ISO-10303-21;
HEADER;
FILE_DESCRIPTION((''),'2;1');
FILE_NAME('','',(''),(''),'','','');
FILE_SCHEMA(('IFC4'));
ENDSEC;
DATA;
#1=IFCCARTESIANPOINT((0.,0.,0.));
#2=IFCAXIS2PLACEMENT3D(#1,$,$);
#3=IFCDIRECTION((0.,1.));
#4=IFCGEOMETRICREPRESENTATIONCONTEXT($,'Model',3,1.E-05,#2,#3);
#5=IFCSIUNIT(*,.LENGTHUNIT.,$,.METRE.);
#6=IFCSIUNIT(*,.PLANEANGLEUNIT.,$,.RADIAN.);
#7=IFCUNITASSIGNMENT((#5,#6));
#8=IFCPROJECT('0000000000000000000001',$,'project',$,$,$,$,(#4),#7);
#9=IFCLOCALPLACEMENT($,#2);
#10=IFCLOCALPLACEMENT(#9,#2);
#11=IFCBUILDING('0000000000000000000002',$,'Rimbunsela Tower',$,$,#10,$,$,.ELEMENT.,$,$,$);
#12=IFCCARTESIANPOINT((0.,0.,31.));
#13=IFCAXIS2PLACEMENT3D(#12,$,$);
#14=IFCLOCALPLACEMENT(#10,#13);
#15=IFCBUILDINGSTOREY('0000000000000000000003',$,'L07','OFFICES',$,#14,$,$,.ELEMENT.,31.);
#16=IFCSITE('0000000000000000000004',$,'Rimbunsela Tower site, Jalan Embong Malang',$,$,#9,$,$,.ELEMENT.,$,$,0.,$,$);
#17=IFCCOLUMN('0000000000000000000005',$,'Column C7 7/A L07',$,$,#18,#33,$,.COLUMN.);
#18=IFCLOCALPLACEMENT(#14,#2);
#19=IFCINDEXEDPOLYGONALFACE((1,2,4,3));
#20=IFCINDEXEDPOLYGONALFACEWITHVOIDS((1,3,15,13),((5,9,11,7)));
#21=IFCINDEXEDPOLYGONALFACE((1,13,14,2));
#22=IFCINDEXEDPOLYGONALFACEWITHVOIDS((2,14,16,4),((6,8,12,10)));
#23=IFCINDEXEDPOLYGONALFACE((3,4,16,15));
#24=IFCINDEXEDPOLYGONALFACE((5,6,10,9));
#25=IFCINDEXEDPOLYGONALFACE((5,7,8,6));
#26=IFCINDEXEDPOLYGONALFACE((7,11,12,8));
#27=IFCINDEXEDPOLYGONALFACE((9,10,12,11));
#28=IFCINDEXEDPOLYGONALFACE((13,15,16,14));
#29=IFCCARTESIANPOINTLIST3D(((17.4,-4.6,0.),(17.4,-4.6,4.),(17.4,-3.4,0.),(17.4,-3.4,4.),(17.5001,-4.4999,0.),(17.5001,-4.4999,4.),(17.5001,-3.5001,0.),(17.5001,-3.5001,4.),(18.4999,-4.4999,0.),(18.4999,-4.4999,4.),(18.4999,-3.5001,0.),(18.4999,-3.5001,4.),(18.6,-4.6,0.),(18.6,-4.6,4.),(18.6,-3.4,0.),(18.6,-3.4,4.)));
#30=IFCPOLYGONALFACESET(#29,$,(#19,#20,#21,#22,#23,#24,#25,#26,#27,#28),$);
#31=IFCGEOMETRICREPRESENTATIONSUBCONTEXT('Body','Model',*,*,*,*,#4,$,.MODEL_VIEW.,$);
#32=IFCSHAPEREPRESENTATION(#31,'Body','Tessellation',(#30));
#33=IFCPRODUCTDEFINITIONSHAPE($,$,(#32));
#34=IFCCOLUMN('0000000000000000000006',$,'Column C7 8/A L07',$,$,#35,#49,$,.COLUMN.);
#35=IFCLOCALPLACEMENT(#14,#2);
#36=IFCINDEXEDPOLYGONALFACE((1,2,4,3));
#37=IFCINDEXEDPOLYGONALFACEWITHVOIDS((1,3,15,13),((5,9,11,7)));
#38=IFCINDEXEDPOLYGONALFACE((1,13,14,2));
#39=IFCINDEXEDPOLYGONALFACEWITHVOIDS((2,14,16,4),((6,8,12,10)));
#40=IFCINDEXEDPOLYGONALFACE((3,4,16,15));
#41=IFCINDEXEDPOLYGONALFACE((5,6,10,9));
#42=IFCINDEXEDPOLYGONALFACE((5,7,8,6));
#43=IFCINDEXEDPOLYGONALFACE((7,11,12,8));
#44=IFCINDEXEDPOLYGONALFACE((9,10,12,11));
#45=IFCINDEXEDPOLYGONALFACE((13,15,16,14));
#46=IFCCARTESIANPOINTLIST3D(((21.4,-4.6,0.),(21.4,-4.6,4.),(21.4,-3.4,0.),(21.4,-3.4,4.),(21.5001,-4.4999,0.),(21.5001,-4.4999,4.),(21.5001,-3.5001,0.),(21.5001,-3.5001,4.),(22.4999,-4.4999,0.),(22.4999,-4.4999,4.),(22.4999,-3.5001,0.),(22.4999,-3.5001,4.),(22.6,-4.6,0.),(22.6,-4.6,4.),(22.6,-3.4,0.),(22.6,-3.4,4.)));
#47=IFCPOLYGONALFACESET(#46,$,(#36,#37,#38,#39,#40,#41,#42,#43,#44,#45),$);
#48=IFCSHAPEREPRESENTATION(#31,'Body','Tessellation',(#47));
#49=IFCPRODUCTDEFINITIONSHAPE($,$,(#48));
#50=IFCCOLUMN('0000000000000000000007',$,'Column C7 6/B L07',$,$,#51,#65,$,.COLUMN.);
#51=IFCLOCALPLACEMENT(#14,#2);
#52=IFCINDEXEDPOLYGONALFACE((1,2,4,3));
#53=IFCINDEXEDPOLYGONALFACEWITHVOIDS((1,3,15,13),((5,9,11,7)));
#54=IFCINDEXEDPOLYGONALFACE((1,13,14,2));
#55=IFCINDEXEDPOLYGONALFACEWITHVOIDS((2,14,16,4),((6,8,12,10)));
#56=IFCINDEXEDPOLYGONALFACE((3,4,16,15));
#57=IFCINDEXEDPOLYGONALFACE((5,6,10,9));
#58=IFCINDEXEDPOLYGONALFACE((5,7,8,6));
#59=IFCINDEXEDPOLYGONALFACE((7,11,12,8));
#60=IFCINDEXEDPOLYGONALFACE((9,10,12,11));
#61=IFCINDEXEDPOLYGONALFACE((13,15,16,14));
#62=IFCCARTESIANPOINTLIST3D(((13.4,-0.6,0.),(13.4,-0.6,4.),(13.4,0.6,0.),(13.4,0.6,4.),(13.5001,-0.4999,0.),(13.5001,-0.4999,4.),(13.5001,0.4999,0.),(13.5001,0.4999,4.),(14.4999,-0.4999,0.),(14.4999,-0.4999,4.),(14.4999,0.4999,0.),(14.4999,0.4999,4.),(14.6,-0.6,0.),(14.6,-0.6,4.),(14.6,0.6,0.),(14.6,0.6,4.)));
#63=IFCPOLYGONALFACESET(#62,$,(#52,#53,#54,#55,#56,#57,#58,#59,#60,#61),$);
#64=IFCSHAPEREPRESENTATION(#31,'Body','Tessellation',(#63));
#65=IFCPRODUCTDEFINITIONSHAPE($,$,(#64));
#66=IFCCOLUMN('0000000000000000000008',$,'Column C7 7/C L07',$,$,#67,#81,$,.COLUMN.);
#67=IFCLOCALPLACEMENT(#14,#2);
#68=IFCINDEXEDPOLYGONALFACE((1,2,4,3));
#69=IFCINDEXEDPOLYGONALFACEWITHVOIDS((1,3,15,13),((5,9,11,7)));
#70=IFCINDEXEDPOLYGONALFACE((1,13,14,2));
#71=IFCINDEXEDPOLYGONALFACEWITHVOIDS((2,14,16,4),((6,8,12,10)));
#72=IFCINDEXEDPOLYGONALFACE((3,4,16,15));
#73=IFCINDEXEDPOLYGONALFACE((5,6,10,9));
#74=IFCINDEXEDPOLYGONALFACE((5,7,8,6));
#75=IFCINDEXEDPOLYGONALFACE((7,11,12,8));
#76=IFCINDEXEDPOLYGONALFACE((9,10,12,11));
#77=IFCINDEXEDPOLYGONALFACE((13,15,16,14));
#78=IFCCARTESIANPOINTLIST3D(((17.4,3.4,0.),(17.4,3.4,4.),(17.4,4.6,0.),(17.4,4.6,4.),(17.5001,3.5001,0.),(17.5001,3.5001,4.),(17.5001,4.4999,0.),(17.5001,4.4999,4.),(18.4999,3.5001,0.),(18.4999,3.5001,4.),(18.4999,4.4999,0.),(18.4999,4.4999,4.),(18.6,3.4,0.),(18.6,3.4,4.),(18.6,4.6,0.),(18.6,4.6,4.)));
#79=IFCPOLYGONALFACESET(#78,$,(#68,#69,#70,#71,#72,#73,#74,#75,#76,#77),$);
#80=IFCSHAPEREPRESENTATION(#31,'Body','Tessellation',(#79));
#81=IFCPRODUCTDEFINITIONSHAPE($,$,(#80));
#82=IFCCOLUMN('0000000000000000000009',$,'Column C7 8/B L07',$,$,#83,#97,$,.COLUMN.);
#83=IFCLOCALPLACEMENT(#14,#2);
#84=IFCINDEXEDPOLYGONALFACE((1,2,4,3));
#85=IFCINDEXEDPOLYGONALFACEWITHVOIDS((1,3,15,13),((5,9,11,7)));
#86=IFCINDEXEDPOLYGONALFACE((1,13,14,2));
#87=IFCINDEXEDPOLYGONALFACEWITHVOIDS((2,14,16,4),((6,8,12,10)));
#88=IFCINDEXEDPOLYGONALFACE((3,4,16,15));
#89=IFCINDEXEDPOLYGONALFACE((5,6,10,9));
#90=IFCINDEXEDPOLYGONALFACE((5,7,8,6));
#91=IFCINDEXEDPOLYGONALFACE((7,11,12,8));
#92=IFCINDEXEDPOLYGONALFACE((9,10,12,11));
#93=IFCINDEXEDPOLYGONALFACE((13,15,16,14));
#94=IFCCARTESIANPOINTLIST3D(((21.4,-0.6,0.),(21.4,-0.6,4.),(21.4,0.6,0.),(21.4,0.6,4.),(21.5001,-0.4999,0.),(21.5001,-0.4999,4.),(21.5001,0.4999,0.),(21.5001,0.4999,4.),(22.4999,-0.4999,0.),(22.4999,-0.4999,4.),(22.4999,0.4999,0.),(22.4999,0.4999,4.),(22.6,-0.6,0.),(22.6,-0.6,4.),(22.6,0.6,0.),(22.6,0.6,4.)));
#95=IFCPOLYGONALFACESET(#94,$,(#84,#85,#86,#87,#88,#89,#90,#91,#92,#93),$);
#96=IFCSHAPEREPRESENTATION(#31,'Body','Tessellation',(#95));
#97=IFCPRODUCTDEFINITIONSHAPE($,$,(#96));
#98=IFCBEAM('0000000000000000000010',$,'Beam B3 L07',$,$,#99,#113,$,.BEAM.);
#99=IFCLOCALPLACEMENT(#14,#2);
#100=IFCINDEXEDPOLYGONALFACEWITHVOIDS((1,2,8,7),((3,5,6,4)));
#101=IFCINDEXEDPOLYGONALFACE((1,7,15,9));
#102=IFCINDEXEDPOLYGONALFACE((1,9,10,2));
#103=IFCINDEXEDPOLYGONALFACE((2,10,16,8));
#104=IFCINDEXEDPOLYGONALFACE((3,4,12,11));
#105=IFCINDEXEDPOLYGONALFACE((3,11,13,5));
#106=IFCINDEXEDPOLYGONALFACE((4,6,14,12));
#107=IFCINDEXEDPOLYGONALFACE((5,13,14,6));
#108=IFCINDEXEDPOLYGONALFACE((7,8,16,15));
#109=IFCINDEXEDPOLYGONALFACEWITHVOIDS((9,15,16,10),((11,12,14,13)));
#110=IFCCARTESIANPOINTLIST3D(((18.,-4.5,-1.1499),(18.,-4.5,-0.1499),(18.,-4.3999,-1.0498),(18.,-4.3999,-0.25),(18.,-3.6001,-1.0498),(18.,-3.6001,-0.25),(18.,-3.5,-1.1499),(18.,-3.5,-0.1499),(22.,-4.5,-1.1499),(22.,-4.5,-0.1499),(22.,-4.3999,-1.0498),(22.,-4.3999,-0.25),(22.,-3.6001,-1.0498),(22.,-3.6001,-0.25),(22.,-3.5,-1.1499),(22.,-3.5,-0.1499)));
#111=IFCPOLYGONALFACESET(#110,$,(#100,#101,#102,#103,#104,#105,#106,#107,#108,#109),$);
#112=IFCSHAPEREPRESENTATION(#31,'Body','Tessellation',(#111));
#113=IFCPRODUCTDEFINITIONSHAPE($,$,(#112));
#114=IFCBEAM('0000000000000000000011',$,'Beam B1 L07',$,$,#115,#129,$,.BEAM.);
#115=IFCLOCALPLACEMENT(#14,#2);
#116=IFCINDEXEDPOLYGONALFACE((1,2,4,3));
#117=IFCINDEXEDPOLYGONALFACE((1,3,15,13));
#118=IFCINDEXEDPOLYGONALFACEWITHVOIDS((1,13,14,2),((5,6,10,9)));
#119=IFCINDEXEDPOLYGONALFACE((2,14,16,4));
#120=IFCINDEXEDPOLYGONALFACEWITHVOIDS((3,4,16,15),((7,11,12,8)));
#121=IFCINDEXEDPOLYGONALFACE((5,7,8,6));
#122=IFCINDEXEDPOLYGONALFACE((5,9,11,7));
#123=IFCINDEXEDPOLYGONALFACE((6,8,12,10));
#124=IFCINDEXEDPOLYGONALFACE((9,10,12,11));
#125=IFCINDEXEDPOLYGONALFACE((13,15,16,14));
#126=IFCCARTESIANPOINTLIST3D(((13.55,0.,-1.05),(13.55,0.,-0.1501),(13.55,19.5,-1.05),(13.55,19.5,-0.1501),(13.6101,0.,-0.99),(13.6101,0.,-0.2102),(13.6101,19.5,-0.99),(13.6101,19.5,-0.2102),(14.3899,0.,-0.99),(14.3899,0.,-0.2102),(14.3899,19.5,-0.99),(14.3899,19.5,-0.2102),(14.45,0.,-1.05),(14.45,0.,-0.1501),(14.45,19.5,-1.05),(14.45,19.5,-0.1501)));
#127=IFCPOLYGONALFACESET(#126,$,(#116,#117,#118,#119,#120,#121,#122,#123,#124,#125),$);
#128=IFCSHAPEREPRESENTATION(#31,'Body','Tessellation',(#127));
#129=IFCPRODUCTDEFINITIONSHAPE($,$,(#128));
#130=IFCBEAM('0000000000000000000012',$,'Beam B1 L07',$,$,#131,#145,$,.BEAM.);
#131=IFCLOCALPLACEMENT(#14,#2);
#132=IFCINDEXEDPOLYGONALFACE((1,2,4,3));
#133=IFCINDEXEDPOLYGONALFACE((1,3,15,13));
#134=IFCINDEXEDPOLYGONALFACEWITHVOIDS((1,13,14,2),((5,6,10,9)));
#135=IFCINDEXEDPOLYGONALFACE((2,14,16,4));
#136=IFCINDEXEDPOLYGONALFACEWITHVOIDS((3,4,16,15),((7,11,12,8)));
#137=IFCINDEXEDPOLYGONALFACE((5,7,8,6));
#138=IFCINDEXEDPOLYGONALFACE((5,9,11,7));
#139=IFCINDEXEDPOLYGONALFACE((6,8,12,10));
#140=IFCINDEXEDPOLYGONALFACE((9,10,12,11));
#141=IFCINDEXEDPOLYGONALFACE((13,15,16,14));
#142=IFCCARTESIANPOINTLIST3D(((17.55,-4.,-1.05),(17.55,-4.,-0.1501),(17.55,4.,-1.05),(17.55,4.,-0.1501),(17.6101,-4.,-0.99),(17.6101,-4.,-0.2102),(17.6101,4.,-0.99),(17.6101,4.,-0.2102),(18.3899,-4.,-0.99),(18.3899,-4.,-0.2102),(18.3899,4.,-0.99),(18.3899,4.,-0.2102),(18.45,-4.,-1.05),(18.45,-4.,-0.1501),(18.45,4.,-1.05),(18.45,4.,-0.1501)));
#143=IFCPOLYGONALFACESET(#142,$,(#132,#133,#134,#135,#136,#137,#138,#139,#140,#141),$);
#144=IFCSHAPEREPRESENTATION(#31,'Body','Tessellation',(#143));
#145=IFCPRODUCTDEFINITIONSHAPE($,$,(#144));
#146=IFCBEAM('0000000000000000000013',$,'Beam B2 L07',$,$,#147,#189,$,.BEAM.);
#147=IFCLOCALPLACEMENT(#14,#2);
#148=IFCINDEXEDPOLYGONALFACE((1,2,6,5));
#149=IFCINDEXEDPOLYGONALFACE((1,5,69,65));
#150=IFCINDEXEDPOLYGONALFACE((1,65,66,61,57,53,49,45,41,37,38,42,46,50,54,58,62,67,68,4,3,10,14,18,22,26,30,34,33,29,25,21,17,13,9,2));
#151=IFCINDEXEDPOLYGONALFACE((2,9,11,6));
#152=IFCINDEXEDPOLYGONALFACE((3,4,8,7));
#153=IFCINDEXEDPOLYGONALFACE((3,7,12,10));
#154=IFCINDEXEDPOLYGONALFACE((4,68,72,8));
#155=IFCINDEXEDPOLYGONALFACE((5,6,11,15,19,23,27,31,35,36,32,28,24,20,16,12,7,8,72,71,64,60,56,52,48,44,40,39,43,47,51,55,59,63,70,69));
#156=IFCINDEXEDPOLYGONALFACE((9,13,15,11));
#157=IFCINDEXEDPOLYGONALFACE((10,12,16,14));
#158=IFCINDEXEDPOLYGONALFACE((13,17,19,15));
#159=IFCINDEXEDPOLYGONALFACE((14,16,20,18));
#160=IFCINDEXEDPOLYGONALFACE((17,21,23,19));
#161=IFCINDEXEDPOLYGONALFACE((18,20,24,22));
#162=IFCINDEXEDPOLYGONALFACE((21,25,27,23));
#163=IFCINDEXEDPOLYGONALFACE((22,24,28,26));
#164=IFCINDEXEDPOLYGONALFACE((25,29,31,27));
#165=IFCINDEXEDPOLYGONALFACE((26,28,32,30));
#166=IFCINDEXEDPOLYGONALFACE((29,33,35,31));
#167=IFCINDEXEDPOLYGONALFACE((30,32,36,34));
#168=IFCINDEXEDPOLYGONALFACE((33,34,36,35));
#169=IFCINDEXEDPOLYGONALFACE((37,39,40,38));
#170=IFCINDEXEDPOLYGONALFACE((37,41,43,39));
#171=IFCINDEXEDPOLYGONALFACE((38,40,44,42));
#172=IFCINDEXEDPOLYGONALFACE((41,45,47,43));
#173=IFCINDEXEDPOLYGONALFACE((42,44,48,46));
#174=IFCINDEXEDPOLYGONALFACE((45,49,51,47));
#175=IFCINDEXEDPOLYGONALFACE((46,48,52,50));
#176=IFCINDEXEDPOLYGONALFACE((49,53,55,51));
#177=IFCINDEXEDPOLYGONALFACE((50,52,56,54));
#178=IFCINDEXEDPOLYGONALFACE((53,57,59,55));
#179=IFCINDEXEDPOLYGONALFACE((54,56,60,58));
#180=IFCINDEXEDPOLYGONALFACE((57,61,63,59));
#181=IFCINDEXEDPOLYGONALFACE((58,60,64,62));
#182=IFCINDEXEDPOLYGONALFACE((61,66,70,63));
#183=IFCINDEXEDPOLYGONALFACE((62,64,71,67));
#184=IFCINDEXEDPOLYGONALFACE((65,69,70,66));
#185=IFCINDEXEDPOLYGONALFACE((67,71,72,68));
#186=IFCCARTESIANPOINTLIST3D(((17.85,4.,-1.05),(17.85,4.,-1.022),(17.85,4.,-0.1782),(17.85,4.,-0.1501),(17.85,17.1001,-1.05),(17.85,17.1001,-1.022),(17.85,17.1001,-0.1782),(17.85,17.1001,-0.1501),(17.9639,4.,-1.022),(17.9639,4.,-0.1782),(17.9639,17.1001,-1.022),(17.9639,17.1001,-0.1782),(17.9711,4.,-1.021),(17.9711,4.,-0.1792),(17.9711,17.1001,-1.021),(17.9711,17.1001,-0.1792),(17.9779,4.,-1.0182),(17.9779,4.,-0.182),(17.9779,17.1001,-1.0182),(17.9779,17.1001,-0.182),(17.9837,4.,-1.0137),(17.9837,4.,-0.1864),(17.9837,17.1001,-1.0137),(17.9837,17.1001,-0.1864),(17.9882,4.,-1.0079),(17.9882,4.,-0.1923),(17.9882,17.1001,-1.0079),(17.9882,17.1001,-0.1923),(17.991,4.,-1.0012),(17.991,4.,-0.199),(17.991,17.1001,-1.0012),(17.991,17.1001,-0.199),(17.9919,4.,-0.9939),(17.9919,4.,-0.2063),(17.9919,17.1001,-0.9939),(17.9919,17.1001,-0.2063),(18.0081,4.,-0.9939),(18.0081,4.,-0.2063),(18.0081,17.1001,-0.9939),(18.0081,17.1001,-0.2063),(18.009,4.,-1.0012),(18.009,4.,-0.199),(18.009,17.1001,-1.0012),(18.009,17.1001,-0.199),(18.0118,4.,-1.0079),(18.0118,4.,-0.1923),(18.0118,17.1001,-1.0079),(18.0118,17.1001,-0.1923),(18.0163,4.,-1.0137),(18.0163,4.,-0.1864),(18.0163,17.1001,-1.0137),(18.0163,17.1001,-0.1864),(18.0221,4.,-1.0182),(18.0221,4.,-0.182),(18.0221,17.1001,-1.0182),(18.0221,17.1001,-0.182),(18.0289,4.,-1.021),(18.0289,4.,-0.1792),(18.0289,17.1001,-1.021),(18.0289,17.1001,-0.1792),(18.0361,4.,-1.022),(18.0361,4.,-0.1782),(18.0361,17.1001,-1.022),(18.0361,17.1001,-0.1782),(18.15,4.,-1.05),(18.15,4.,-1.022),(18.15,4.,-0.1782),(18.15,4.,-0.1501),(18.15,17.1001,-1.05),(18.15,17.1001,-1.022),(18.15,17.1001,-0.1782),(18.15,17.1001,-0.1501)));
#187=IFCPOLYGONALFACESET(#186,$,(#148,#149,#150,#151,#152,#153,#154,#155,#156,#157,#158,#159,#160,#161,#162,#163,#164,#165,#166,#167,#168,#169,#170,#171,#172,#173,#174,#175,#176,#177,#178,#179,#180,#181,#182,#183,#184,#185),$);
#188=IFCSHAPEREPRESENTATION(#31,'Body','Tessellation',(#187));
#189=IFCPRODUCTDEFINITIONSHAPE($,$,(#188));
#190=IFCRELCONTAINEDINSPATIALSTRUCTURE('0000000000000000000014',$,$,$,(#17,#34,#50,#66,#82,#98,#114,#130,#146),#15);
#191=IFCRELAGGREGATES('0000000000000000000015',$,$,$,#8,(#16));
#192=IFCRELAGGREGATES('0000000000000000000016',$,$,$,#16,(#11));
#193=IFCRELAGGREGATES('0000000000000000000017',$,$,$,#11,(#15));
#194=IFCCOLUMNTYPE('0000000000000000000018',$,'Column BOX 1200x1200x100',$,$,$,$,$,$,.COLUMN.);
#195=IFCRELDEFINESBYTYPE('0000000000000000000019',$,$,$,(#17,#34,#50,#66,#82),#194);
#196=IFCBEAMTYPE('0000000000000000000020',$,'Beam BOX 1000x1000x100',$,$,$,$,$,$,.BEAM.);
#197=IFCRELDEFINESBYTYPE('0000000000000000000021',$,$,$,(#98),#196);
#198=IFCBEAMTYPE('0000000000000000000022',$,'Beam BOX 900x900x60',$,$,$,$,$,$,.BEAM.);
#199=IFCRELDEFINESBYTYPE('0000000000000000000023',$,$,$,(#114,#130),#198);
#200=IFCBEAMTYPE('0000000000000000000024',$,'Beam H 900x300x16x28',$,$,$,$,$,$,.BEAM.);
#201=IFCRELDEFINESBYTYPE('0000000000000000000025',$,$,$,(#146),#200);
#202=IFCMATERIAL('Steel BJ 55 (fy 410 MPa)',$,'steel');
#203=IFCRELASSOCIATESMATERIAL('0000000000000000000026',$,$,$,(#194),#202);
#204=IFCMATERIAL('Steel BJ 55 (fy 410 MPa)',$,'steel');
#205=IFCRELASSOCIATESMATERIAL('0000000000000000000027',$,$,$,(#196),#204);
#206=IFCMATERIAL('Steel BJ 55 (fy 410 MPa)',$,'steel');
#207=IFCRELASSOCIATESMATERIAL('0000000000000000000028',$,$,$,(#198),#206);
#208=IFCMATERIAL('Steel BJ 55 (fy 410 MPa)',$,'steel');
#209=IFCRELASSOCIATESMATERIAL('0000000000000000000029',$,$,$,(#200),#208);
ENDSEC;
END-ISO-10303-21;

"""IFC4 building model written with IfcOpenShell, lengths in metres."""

from ifc_helpers import new_model, si_unit, direction, frame, origin, origin_2d, place, context, subcontext, project, spatial, hollow_rectangle, i_section, extrude, material, material_profile, profile_set, type_object, element, save


model = new_model("IFC4")

# Units and contexts
model_context = context("Model", 3, precision=1e-05, world=origin(), true_north=direction((0.0, 1.0)))
body_context = subcontext(model_context, "Body", "Model", "MODEL_VIEW")
ifc_project = project(units=[si_unit("LENGTHUNIT", "METRE"), si_unit("PLANEANGLEUNIT", "RADIAN")], contexts=[model_context])

# Site, building, storey
site_placement = place(None, origin())
site = spatial("IfcSite", under=ifc_project, at=site_placement, Name="Rimbunsela Tower site, Jalan Embong Malang", CompositionType="ELEMENT", RefElevation=0.0)
building_placement = place(site_placement, origin())
building = spatial("IfcBuilding", under=site, at=building_placement, Name="Rimbunsela Tower", CompositionType="ELEMENT")
storey_placement = place(building_placement, frame((0.0, 0.0, 31.0)))
storey = spatial("IfcBuildingStorey", under=building, at=storey_placement, Name="L07", Description="OFFICES", CompositionType="ELEMENT", Elevation=31.0)

# Columns
ifc_material_1 = material(Name="Steel BJ 55 (fy 410 MPa)", Category="steel")
ifc_material_profile_1 = material_profile(ifc_material_1, hollow_rectangle(XDim=1.2, YDim=1.2, WallThickness=0.1001, at=origin_2d()), Name="BOX 1200x1200x100")
ifc_profile_set_1 = profile_set([ifc_material_profile_1], Name="Steel BJ 55 (fy 410 MPa)")
column_type = type_object("IfcColumnType", Name="Column BOX 1200x1200x100", PredefinedType="COLUMN", material=ifc_profile_set_1)
for number, where, z_axis, x_axis, name in (
    (1, (18.0, -4.0, 0.0), (0.0, 0.0, 1.0), (1.0, 0.0, 0.0), "Column C7 7/A L07"),
    (2, (22.0, -4.0, 0.0), (0.0, 0.0, 1.0), (1.0, 0.0, 0.0), "Column C7 8/A L07"),
    (3, (14.0, 0.0, 0.0), (0.0, 0.0, 1.0), (1.0, 0.0, 0.0), "Column C7 6/B L07"),
    (4, (18.0, 4.0, 0.0), (0.0, 0.0, 1.0), (1.0, 0.0, 0.0), "Column C7 7/C L07"),
    (5, (22.0, 0.0, 0.0), (0.0, 0.0, 1.0), (1.0, 0.0, 0.0), "Column C7 8/B L07"),
):
    element("IfcColumn", number, at=place(storey_placement, frame(where, z_axis=z_axis, x_axis=x_axis)), inside=storey, type_object=column_type, Name=name, PredefinedType="COLUMN", context=body_context, shape_type="SweptSolid", body=[
        extrude(hollow_rectangle(XDim=1.2, YDim=1.2, WallThickness=0.1001, at=origin_2d()), origin(), (0.0, 0.0, 1.0), 4.0),
    ])

# Beams
ifc_material_2 = material(Name="Steel BJ 55 (fy 410 MPa)", Category="steel")
ifc_material_profile_2 = material_profile(ifc_material_2, hollow_rectangle(XDim=1.0, YDim=1.0, WallThickness=0.1001, at=origin_2d()), Name="BOX 1000x1000x100")
ifc_profile_set_2 = profile_set([ifc_material_profile_2], Name="Steel BJ 55 (fy 410 MPa)")
beam_type_1 = type_object("IfcBeamType", Name="Beam BOX 1000x1000x100", PredefinedType="BEAM", material=ifc_profile_set_2)
beam_1_placement = place(storey_placement, frame((18.0, -4.0, -0.6499), z_axis=(1.0, 0.0, 0.0), x_axis=(0.0, 1.0, 0.0)))
element("IfcBeam", 6, at=beam_1_placement, inside=storey, type_object=beam_type_1, Name="Beam B3 L07", PredefinedType="BEAM", context=body_context, shape_type="SweptSolid", body=[
    extrude(hollow_rectangle(XDim=1.0, YDim=1.0, WallThickness=0.1001, at=origin_2d()), origin(), (0.0, 0.0, 1.0), 4.0),
])
ifc_material_3 = material(Name="Steel BJ 55 (fy 410 MPa)", Category="steel")
ifc_material_profile_3 = material_profile(ifc_material_3, hollow_rectangle(XDim=0.8999, YDim=0.8999, WallThickness=0.0601, at=origin_2d()), Name="BOX 900x900x60")
ifc_profile_set_3 = profile_set([ifc_material_profile_3], Name="Steel BJ 55 (fy 410 MPa)")
beam_type_2 = type_object("IfcBeamType", Name="Beam BOX 900x900x60", PredefinedType="BEAM", material=ifc_profile_set_3)
beam_2_placement = place(storey_placement, frame((14.0, 0.0, -0.6001), z_axis=(0.0, 1.0, 0.0), x_axis=(-1.0, 0.0, 0.0)))
element("IfcBeam", 7, at=beam_2_placement, inside=storey, type_object=beam_type_2, Name="Beam B1 L07", PredefinedType="BEAM", context=body_context, shape_type="SweptSolid", body=[
    extrude(hollow_rectangle(XDim=0.8999, YDim=0.8999, WallThickness=0.0601, at=origin_2d()), origin(), (0.0, 0.0, 1.0), 19.5),
])
beam_3_placement = place(storey_placement, frame((18.0, -4.0, -0.6001), z_axis=(0.0, 1.0, 0.0), x_axis=(-1.0, 0.0, 0.0)))
element("IfcBeam", 8, at=beam_3_placement, inside=storey, type_object=beam_type_2, Name="Beam B1 L07", PredefinedType="BEAM", context=body_context, shape_type="SweptSolid", body=[
    extrude(hollow_rectangle(XDim=0.8999, YDim=0.8999, WallThickness=0.0601, at=origin_2d()), origin(), (0.0, 0.0, 1.0), 8.0),
])
ifc_material_4 = material(Name="Steel BJ 55 (fy 410 MPa)", Category="steel")
ifc_material_profile_4 = material_profile(ifc_material_4, i_section(OverallWidth=0.3, OverallDepth=0.8999, WebThickness=0.0161, FlangeThickness=0.0281, FilletRadius=0.0281, at=origin_2d()), Name="H 900x300x16x28")
ifc_profile_set_4 = profile_set([ifc_material_profile_4], Name="Steel BJ 55 (fy 410 MPa)")
beam_type_3 = type_object("IfcBeamType", Name="Beam H 900x300x16x28", PredefinedType="BEAM", material=ifc_profile_set_4)
beam_4_placement = place(storey_placement, frame((18.0, 4.0, -0.6001), z_axis=(0.0, 1.0, 0.0), x_axis=(-1.0, 0.0, 0.0)))
element("IfcBeam", 9, at=beam_4_placement, inside=storey, type_object=beam_type_3, Name="Beam B2 L07", PredefinedType="BEAM", context=body_context, shape_type="SweptSolid", body=[
    extrude(i_section(OverallWidth=0.3, OverallDepth=0.8999, WebThickness=0.0161, FlangeThickness=0.0281, FilletRadius=0.0281, at=origin_2d()), origin(), (0.0, 0.0, 1.0), 13.1001),
])

save(model, "model.ifc")
